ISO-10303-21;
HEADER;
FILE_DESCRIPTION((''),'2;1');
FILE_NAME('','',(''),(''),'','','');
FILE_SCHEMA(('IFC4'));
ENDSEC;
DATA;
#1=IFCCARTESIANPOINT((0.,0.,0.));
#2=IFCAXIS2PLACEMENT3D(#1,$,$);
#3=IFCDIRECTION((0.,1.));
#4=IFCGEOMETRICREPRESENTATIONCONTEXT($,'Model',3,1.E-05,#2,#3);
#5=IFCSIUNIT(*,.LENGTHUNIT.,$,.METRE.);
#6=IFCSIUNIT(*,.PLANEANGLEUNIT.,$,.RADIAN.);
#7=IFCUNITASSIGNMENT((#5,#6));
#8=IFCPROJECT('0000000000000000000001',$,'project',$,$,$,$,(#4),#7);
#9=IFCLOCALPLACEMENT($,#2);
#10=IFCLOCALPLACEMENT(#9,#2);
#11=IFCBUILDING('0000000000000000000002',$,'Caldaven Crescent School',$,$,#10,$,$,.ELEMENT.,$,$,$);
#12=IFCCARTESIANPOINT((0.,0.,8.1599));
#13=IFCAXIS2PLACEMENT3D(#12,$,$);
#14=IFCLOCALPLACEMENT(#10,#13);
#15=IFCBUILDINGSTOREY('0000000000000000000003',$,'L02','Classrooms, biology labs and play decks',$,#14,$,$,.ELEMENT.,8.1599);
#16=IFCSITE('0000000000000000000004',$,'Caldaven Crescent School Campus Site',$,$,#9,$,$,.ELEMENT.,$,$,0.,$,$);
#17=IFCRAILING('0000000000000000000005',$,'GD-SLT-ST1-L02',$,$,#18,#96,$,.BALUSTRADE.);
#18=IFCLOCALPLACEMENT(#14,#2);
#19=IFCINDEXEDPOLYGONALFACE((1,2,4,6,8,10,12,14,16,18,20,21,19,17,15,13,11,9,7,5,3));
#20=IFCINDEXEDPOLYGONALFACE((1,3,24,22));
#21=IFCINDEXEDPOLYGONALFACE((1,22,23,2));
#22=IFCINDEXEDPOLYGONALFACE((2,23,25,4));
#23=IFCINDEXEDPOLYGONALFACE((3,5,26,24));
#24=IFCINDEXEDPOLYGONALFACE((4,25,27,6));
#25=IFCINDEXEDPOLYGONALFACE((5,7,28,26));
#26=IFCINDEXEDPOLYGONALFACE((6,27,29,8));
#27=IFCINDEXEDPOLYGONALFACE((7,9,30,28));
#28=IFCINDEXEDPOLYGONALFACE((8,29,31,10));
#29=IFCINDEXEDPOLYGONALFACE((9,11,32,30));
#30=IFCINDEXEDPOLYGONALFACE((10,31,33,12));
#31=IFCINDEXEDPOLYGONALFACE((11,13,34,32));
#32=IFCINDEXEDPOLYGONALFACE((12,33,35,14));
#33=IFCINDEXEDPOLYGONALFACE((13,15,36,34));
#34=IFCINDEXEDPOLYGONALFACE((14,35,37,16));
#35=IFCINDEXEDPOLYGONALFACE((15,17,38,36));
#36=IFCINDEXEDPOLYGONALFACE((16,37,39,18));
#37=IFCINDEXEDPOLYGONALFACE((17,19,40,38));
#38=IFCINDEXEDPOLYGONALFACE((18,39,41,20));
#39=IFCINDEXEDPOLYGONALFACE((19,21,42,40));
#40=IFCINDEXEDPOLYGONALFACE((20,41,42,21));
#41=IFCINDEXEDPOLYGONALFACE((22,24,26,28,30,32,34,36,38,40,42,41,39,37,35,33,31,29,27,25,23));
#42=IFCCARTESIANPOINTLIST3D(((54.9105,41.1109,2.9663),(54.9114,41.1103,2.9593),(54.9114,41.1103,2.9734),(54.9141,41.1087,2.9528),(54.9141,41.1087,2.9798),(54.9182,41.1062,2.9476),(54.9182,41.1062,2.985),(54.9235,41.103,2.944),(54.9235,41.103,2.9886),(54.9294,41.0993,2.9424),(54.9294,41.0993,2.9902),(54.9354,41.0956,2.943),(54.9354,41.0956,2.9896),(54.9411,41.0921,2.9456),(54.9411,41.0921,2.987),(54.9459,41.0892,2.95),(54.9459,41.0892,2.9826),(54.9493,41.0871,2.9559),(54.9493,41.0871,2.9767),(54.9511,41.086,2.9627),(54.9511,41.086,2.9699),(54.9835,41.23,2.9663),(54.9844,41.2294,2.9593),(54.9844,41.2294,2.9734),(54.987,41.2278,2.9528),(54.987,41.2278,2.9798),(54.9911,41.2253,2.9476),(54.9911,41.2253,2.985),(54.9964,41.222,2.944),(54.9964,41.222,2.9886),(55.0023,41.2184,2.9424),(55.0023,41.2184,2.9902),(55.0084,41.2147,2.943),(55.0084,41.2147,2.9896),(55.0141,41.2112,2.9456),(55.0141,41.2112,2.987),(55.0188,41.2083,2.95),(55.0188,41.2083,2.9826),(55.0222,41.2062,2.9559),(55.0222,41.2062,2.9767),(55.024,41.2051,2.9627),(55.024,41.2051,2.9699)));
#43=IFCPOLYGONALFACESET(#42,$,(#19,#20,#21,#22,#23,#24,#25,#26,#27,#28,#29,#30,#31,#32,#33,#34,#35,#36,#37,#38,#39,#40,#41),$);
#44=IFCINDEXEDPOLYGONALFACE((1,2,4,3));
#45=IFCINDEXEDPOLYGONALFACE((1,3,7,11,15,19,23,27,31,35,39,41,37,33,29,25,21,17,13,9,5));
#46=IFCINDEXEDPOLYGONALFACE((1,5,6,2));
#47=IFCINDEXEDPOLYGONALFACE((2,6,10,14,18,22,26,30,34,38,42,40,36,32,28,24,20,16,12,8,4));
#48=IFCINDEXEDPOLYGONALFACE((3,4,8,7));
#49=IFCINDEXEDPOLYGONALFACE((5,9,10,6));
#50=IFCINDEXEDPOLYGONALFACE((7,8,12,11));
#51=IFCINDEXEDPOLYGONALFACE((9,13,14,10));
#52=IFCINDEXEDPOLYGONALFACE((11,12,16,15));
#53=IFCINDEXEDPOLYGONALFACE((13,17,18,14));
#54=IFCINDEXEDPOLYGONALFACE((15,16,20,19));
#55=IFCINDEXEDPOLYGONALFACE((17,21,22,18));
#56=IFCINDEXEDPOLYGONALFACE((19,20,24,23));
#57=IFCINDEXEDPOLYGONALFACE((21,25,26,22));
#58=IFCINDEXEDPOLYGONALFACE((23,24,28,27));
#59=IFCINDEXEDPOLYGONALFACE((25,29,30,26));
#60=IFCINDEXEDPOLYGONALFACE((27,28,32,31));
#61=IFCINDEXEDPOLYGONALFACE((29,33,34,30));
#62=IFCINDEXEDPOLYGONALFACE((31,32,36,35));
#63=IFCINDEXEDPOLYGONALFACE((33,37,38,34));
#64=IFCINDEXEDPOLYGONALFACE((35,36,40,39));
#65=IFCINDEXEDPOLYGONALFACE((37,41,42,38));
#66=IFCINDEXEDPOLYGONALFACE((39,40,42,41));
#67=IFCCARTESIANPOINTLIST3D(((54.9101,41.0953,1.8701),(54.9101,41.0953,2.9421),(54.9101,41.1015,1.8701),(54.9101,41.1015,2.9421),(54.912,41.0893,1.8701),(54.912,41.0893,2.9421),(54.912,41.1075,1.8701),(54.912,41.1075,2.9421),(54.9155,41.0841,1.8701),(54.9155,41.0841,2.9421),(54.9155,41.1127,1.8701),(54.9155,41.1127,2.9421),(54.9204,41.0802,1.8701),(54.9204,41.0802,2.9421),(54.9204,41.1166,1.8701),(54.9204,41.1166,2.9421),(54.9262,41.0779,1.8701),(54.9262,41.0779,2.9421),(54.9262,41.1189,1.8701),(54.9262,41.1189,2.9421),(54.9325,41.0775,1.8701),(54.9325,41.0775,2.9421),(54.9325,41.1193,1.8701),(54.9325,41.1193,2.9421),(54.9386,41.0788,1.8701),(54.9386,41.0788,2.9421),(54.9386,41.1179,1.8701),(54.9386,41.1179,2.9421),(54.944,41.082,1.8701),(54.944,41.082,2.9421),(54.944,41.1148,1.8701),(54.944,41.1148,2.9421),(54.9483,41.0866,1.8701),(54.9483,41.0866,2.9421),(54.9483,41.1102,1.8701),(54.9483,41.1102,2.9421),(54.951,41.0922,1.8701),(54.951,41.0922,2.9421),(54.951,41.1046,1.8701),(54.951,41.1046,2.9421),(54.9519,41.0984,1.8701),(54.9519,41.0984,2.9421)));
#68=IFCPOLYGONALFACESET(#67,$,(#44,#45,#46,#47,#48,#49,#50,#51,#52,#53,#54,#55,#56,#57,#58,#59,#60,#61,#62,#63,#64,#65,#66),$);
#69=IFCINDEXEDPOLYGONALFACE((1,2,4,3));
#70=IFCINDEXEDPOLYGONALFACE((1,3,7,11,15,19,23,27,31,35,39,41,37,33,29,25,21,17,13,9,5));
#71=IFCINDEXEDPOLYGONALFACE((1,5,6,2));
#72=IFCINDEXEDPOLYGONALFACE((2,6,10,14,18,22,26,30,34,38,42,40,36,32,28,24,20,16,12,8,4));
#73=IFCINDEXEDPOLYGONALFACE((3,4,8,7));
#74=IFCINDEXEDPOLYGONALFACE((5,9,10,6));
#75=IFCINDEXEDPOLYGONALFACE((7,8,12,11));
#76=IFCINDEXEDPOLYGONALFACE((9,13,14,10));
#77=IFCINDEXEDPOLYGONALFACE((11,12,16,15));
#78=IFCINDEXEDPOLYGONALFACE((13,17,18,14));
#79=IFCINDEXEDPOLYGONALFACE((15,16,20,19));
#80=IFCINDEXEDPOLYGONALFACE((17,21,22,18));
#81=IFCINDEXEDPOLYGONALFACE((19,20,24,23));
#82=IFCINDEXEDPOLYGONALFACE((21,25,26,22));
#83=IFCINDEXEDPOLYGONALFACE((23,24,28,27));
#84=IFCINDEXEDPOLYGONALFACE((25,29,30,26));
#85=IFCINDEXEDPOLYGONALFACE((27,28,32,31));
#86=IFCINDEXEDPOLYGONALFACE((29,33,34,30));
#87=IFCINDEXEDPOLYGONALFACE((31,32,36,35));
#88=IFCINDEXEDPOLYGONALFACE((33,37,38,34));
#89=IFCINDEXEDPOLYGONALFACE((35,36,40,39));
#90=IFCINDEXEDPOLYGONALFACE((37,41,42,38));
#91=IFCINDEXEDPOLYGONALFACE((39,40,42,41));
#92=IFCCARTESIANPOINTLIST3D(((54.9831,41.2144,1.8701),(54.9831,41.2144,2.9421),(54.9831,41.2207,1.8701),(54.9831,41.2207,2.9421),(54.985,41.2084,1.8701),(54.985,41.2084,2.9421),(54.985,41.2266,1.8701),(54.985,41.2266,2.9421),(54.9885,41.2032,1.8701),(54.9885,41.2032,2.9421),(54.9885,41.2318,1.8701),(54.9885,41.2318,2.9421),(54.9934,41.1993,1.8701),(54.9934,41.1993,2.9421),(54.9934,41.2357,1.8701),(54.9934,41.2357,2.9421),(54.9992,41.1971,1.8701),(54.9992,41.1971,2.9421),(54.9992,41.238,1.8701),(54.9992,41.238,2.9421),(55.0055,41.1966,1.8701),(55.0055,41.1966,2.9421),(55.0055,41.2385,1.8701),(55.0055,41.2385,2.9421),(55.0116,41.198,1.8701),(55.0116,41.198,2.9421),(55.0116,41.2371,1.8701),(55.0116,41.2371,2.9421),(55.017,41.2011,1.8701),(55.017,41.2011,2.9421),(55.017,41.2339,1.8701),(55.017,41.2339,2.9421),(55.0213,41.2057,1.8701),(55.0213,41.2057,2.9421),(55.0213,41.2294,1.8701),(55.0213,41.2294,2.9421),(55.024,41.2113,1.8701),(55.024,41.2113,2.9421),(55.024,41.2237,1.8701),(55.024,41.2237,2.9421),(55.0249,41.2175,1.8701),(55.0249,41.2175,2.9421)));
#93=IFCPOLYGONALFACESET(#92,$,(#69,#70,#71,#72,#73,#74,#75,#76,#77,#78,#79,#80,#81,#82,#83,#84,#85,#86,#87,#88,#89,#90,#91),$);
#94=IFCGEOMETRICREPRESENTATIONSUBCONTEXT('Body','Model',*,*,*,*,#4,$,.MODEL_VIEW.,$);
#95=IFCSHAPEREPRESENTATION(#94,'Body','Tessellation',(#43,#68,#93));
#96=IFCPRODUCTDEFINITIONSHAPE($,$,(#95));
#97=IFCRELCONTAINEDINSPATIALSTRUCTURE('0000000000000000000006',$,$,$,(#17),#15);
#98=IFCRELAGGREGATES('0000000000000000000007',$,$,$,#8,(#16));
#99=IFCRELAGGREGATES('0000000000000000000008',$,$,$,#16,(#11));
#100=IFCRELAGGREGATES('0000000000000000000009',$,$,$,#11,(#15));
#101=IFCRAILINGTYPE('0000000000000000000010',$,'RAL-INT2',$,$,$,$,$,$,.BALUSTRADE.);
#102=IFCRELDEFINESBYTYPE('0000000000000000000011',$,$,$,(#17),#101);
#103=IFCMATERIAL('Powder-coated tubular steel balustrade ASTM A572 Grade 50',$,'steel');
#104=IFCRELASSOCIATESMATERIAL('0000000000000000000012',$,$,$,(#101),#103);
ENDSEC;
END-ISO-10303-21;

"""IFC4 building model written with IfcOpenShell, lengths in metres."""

from ifc_helpers import new_model, si_unit, direction, frame, origin, origin_2d, place, context, subcontext, project, spatial, circle, extrude, material, type_object, element, save


model = new_model("IFC4")

# Units and contexts
model_context = context("Model", 3, precision=1e-05, world=origin(), true_north=direction((0.0, 1.0)))
body_context = subcontext(model_context, "Body", "Model", "MODEL_VIEW")
ifc_project = project(units=[si_unit("LENGTHUNIT", "METRE"), si_unit("PLANEANGLEUNIT", "RADIAN")], contexts=[model_context])

# Site, building, storey
site_placement = place(None, origin())
site = spatial("IfcSite", under=ifc_project, at=site_placement, Name="Caldaven Crescent School Campus Site", CompositionType="ELEMENT", RefElevation=0.0)
building_placement = place(site_placement, origin())
building = spatial("IfcBuilding", under=site, at=building_placement, Name="Caldaven Crescent School", CompositionType="ELEMENT")
storey_placement = place(building_placement, frame((0.0, 0.0, 8.1599)))
storey = spatial("IfcBuildingStorey", under=building, at=storey_placement, Name="L02", Description="Classrooms, biology labs and play decks", CompositionType="ELEMENT", Elevation=8.1599)

# Railing
ifc_material_1 = material(Name="Powder-coated tubular steel balustrade ASTM A572 Grade 50", Category="steel")
railing_type_1 = type_object("IfcRailingType", Name="RAL-INT2", PredefinedType="BALUSTRADE", material=ifc_material_1)
railing_1_placement = place(storey_placement, frame((54.9309, 41.0984, 1.8701)))
element("IfcRailing", 1, at=railing_1_placement, inside=storey, type_object=railing_type_1, Name="GD-SLT-ST1-L02", PredefinedType="BALUSTRADE", context=body_context, shape_type="SweptSolid", body=[
    extrude(circle(Radius=0.0239, at=origin_2d()), frame((0.0, 0.0, 1.0962), z_axis=(0.522439, 0.852677, 0.0), x_axis=(-0.852677, 0.522439, 0.0)), (0.0, 0.0, 1.0), 0.1396),
    extrude(circle(Radius=0.021, at=origin_2d()), origin(), (0.0, 0.0, 1.0), 1.072),
    extrude(circle(Radius=0.021, at=origin_2d()), frame((0.073, 0.1191, 0.0)), (0.0, 0.0, 1.0), 1.072),
])

save(model, "model.ifc")
